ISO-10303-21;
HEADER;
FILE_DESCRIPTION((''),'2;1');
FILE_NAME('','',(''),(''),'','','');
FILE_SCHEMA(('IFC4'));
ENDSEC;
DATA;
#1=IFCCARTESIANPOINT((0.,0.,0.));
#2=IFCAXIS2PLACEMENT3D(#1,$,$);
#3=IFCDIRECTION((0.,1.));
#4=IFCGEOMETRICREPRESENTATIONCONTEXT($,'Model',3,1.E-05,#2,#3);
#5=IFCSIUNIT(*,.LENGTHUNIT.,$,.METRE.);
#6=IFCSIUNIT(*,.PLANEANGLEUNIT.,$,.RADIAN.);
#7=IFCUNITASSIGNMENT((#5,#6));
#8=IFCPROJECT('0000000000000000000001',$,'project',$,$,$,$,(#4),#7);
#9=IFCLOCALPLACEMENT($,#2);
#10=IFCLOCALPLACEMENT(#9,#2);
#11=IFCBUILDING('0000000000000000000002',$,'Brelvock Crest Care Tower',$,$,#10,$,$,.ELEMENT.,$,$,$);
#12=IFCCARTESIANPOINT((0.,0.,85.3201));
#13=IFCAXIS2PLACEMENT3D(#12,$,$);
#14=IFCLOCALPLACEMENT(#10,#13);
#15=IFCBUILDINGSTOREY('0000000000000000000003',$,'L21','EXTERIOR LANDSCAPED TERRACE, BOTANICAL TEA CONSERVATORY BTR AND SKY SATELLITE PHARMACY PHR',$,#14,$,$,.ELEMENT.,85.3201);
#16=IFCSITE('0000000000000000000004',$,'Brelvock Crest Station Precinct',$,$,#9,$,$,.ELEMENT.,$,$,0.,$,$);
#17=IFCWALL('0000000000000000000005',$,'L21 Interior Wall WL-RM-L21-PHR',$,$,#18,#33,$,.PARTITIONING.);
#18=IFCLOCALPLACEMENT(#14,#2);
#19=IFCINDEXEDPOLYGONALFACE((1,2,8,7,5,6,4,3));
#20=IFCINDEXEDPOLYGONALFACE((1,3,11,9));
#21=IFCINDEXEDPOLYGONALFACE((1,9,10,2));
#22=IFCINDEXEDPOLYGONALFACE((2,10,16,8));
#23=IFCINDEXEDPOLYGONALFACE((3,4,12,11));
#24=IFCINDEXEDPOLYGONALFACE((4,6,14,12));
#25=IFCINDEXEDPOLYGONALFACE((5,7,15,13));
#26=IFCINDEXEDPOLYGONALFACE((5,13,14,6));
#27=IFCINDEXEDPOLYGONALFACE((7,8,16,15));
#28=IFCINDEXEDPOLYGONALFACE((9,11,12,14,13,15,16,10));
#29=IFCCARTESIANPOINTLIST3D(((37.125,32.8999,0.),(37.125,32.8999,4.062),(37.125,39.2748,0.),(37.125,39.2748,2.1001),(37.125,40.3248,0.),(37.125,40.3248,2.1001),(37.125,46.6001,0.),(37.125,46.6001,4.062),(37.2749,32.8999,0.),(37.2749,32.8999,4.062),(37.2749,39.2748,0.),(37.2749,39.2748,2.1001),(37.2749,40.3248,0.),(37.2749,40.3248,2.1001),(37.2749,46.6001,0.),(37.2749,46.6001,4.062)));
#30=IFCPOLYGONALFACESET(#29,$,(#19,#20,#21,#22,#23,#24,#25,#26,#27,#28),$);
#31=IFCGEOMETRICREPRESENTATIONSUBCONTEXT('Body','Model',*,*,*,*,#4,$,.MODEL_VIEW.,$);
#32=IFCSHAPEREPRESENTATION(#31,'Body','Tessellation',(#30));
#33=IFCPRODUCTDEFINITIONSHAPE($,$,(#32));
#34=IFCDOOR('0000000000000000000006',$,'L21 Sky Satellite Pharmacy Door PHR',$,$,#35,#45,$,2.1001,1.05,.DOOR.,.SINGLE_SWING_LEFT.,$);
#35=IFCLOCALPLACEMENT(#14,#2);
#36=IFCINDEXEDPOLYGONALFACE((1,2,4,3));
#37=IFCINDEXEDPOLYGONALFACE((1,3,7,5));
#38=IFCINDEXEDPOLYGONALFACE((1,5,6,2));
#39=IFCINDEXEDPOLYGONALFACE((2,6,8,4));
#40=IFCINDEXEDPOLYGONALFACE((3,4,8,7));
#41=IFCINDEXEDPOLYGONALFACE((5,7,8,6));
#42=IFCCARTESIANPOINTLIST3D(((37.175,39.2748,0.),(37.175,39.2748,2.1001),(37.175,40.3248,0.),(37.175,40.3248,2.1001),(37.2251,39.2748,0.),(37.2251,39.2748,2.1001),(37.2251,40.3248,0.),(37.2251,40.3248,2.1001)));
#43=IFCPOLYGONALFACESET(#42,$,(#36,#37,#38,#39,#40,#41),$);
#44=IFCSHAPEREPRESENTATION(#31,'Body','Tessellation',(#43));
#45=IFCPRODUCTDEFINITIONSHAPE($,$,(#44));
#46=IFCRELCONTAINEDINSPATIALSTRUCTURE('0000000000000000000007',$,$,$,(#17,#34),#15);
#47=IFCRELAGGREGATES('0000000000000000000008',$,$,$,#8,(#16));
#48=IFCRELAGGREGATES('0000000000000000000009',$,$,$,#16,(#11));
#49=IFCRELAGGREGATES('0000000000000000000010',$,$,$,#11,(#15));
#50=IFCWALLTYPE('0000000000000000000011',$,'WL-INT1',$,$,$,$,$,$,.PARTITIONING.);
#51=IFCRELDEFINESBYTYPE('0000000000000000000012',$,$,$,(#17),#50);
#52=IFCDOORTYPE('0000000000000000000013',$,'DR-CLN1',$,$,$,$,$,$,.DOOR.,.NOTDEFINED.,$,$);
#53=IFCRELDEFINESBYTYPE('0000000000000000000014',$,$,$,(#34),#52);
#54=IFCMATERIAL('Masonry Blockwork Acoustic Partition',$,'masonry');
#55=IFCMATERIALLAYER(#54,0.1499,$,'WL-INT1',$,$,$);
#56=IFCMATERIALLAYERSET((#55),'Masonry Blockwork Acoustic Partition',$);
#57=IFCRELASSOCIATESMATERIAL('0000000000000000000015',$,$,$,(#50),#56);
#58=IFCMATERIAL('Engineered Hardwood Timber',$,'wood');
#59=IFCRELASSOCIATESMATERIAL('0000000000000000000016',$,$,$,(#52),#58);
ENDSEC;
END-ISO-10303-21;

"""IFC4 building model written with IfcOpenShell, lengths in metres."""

from ifc_helpers import new_model, si_unit, direction, frame, frame_2d, origin, origin_2d, place, context, subcontext, project, spatial, rectangle, extrude, source, transform, mapped, material, layer, layer_set, type_object, element, fill, save


model = new_model("IFC4")

# Units and contexts
model_context = context("Model", 3, precision=1e-05, world=origin(), true_north=direction((0.0, 1.0)))
body_context = subcontext(model_context, "Body", "Model", "MODEL_VIEW")
ifc_project = project(units=[si_unit("LENGTHUNIT", "METRE"), si_unit("PLANEANGLEUNIT", "RADIAN")], contexts=[model_context])

# Site, building, storey
site_placement = place(None, origin())
site = spatial("IfcSite", under=ifc_project, at=site_placement, Name="Brelvock Crest Station Precinct", CompositionType="ELEMENT", RefElevation=0.0)
building_placement = place(site_placement, origin())
building = spatial("IfcBuilding", under=site, at=building_placement, Name="Brelvock Crest Care Tower", CompositionType="ELEMENT")
storey_placement = place(building_placement, frame((0.0, 0.0, 85.3201)))
storey = spatial("IfcBuildingStorey", under=building, at=storey_placement, Name="L21", Description="EXTERIOR LANDSCAPED TERRACE, BOTANICAL TEA CONSERVATORY BTR AND SKY SATELLITE PHARMACY PHR", CompositionType="ELEMENT", Elevation=85.3201)

# Shared definitions
ifc_material_1 = material(Name="Masonry Blockwork Acoustic Partition", Category="masonry")
ifc_layer = layer(ifc_material_1, 0.1499, Name="WL-INT1")
ifc_layer_set = layer_set([ifc_layer], Name="Masonry Blockwork Acoustic Partition")
wall_type = type_object("IfcWallType", Name="WL-INT1", PredefinedType="PARTITIONING", material=ifc_layer_set)

# Wall, opening, door
ifc_material_2 = material(Name="Engineered Hardwood Timber", Category="wood")
door_type = type_object("IfcDoorType", Name="DR-CLN1", OperationType="NOTDEFINED", PredefinedType="DOOR", material=ifc_material_2)
shared_shape_1 = source(origin(), body_context, "Body", "SweptSolid", [
    extrude(rectangle(XDim=1.05, YDim=2.1001, at=origin_2d()), frame((0.5249, 0.0249, 1.05), z_axis=(0.0, -1.0, 0.0), x_axis=(1.0, 0.0, 0.0)), (0.0, 0.0, 1.0), 0.05),
])
wall_1_placement = place(storey_placement, frame((37.2, 32.8999, 0.0), z_axis=(0.0, 0.0, 1.0), x_axis=(0.0, 1.0, 0.0)))
wall_1 = element("IfcWall", 1, at=wall_1_placement, inside=storey, type_object=wall_type, Name="L21 Interior Wall WL-RM-L21-PHR", PredefinedType="PARTITIONING", context=body_context, shape_type="SweptSolid", body=[
    extrude(rectangle(XDim=13.7002, YDim=0.1499, at=frame_2d((6.8501, 0.0))), origin(), (0.0, 0.0, 1.0), 4.062),
])
opening_1_placement = place(wall_1_placement, frame((6.375, 0.0, 0.0)))
opening_1 = element("IfcOpeningElement", 2, at=opening_1_placement, cuts=wall_1, PredefinedType="OPENING", context=body_context, shape_type="SweptSolid", body=[
    extrude(rectangle(XDim=1.05, YDim=2.1001, at=origin_2d()), frame((0.5249, 0.085, 1.05), z_axis=(0.0, -1.0, 0.0), x_axis=(1.0, 0.0, 0.0)), (0.0, 0.0, 1.0), 0.1699),
])
door_1_placement = place(opening_1_placement, origin())
door_1 = element("IfcDoor", 3, at=door_1_placement, inside=storey, type_object=door_type, Name="L21 Sky Satellite Pharmacy Door PHR", OperationType="SINGLE_SWING_LEFT", OverallHeight=2.1001, OverallWidth=1.05, PredefinedType="DOOR", context=body_context, shape_type="MappedRepresentation", body=[
    mapped(shared_shape_1, transform((0.0, 0.0, 0.0), x_axis=(1.0, 0.0, 0.0), y_axis=(0.0, 1.0, 0.0), z_axis=(0.0, 0.0, 1.0), scale=1.0)),
])
fill(opening_1, door_1)

save(model, "model.ifc")
